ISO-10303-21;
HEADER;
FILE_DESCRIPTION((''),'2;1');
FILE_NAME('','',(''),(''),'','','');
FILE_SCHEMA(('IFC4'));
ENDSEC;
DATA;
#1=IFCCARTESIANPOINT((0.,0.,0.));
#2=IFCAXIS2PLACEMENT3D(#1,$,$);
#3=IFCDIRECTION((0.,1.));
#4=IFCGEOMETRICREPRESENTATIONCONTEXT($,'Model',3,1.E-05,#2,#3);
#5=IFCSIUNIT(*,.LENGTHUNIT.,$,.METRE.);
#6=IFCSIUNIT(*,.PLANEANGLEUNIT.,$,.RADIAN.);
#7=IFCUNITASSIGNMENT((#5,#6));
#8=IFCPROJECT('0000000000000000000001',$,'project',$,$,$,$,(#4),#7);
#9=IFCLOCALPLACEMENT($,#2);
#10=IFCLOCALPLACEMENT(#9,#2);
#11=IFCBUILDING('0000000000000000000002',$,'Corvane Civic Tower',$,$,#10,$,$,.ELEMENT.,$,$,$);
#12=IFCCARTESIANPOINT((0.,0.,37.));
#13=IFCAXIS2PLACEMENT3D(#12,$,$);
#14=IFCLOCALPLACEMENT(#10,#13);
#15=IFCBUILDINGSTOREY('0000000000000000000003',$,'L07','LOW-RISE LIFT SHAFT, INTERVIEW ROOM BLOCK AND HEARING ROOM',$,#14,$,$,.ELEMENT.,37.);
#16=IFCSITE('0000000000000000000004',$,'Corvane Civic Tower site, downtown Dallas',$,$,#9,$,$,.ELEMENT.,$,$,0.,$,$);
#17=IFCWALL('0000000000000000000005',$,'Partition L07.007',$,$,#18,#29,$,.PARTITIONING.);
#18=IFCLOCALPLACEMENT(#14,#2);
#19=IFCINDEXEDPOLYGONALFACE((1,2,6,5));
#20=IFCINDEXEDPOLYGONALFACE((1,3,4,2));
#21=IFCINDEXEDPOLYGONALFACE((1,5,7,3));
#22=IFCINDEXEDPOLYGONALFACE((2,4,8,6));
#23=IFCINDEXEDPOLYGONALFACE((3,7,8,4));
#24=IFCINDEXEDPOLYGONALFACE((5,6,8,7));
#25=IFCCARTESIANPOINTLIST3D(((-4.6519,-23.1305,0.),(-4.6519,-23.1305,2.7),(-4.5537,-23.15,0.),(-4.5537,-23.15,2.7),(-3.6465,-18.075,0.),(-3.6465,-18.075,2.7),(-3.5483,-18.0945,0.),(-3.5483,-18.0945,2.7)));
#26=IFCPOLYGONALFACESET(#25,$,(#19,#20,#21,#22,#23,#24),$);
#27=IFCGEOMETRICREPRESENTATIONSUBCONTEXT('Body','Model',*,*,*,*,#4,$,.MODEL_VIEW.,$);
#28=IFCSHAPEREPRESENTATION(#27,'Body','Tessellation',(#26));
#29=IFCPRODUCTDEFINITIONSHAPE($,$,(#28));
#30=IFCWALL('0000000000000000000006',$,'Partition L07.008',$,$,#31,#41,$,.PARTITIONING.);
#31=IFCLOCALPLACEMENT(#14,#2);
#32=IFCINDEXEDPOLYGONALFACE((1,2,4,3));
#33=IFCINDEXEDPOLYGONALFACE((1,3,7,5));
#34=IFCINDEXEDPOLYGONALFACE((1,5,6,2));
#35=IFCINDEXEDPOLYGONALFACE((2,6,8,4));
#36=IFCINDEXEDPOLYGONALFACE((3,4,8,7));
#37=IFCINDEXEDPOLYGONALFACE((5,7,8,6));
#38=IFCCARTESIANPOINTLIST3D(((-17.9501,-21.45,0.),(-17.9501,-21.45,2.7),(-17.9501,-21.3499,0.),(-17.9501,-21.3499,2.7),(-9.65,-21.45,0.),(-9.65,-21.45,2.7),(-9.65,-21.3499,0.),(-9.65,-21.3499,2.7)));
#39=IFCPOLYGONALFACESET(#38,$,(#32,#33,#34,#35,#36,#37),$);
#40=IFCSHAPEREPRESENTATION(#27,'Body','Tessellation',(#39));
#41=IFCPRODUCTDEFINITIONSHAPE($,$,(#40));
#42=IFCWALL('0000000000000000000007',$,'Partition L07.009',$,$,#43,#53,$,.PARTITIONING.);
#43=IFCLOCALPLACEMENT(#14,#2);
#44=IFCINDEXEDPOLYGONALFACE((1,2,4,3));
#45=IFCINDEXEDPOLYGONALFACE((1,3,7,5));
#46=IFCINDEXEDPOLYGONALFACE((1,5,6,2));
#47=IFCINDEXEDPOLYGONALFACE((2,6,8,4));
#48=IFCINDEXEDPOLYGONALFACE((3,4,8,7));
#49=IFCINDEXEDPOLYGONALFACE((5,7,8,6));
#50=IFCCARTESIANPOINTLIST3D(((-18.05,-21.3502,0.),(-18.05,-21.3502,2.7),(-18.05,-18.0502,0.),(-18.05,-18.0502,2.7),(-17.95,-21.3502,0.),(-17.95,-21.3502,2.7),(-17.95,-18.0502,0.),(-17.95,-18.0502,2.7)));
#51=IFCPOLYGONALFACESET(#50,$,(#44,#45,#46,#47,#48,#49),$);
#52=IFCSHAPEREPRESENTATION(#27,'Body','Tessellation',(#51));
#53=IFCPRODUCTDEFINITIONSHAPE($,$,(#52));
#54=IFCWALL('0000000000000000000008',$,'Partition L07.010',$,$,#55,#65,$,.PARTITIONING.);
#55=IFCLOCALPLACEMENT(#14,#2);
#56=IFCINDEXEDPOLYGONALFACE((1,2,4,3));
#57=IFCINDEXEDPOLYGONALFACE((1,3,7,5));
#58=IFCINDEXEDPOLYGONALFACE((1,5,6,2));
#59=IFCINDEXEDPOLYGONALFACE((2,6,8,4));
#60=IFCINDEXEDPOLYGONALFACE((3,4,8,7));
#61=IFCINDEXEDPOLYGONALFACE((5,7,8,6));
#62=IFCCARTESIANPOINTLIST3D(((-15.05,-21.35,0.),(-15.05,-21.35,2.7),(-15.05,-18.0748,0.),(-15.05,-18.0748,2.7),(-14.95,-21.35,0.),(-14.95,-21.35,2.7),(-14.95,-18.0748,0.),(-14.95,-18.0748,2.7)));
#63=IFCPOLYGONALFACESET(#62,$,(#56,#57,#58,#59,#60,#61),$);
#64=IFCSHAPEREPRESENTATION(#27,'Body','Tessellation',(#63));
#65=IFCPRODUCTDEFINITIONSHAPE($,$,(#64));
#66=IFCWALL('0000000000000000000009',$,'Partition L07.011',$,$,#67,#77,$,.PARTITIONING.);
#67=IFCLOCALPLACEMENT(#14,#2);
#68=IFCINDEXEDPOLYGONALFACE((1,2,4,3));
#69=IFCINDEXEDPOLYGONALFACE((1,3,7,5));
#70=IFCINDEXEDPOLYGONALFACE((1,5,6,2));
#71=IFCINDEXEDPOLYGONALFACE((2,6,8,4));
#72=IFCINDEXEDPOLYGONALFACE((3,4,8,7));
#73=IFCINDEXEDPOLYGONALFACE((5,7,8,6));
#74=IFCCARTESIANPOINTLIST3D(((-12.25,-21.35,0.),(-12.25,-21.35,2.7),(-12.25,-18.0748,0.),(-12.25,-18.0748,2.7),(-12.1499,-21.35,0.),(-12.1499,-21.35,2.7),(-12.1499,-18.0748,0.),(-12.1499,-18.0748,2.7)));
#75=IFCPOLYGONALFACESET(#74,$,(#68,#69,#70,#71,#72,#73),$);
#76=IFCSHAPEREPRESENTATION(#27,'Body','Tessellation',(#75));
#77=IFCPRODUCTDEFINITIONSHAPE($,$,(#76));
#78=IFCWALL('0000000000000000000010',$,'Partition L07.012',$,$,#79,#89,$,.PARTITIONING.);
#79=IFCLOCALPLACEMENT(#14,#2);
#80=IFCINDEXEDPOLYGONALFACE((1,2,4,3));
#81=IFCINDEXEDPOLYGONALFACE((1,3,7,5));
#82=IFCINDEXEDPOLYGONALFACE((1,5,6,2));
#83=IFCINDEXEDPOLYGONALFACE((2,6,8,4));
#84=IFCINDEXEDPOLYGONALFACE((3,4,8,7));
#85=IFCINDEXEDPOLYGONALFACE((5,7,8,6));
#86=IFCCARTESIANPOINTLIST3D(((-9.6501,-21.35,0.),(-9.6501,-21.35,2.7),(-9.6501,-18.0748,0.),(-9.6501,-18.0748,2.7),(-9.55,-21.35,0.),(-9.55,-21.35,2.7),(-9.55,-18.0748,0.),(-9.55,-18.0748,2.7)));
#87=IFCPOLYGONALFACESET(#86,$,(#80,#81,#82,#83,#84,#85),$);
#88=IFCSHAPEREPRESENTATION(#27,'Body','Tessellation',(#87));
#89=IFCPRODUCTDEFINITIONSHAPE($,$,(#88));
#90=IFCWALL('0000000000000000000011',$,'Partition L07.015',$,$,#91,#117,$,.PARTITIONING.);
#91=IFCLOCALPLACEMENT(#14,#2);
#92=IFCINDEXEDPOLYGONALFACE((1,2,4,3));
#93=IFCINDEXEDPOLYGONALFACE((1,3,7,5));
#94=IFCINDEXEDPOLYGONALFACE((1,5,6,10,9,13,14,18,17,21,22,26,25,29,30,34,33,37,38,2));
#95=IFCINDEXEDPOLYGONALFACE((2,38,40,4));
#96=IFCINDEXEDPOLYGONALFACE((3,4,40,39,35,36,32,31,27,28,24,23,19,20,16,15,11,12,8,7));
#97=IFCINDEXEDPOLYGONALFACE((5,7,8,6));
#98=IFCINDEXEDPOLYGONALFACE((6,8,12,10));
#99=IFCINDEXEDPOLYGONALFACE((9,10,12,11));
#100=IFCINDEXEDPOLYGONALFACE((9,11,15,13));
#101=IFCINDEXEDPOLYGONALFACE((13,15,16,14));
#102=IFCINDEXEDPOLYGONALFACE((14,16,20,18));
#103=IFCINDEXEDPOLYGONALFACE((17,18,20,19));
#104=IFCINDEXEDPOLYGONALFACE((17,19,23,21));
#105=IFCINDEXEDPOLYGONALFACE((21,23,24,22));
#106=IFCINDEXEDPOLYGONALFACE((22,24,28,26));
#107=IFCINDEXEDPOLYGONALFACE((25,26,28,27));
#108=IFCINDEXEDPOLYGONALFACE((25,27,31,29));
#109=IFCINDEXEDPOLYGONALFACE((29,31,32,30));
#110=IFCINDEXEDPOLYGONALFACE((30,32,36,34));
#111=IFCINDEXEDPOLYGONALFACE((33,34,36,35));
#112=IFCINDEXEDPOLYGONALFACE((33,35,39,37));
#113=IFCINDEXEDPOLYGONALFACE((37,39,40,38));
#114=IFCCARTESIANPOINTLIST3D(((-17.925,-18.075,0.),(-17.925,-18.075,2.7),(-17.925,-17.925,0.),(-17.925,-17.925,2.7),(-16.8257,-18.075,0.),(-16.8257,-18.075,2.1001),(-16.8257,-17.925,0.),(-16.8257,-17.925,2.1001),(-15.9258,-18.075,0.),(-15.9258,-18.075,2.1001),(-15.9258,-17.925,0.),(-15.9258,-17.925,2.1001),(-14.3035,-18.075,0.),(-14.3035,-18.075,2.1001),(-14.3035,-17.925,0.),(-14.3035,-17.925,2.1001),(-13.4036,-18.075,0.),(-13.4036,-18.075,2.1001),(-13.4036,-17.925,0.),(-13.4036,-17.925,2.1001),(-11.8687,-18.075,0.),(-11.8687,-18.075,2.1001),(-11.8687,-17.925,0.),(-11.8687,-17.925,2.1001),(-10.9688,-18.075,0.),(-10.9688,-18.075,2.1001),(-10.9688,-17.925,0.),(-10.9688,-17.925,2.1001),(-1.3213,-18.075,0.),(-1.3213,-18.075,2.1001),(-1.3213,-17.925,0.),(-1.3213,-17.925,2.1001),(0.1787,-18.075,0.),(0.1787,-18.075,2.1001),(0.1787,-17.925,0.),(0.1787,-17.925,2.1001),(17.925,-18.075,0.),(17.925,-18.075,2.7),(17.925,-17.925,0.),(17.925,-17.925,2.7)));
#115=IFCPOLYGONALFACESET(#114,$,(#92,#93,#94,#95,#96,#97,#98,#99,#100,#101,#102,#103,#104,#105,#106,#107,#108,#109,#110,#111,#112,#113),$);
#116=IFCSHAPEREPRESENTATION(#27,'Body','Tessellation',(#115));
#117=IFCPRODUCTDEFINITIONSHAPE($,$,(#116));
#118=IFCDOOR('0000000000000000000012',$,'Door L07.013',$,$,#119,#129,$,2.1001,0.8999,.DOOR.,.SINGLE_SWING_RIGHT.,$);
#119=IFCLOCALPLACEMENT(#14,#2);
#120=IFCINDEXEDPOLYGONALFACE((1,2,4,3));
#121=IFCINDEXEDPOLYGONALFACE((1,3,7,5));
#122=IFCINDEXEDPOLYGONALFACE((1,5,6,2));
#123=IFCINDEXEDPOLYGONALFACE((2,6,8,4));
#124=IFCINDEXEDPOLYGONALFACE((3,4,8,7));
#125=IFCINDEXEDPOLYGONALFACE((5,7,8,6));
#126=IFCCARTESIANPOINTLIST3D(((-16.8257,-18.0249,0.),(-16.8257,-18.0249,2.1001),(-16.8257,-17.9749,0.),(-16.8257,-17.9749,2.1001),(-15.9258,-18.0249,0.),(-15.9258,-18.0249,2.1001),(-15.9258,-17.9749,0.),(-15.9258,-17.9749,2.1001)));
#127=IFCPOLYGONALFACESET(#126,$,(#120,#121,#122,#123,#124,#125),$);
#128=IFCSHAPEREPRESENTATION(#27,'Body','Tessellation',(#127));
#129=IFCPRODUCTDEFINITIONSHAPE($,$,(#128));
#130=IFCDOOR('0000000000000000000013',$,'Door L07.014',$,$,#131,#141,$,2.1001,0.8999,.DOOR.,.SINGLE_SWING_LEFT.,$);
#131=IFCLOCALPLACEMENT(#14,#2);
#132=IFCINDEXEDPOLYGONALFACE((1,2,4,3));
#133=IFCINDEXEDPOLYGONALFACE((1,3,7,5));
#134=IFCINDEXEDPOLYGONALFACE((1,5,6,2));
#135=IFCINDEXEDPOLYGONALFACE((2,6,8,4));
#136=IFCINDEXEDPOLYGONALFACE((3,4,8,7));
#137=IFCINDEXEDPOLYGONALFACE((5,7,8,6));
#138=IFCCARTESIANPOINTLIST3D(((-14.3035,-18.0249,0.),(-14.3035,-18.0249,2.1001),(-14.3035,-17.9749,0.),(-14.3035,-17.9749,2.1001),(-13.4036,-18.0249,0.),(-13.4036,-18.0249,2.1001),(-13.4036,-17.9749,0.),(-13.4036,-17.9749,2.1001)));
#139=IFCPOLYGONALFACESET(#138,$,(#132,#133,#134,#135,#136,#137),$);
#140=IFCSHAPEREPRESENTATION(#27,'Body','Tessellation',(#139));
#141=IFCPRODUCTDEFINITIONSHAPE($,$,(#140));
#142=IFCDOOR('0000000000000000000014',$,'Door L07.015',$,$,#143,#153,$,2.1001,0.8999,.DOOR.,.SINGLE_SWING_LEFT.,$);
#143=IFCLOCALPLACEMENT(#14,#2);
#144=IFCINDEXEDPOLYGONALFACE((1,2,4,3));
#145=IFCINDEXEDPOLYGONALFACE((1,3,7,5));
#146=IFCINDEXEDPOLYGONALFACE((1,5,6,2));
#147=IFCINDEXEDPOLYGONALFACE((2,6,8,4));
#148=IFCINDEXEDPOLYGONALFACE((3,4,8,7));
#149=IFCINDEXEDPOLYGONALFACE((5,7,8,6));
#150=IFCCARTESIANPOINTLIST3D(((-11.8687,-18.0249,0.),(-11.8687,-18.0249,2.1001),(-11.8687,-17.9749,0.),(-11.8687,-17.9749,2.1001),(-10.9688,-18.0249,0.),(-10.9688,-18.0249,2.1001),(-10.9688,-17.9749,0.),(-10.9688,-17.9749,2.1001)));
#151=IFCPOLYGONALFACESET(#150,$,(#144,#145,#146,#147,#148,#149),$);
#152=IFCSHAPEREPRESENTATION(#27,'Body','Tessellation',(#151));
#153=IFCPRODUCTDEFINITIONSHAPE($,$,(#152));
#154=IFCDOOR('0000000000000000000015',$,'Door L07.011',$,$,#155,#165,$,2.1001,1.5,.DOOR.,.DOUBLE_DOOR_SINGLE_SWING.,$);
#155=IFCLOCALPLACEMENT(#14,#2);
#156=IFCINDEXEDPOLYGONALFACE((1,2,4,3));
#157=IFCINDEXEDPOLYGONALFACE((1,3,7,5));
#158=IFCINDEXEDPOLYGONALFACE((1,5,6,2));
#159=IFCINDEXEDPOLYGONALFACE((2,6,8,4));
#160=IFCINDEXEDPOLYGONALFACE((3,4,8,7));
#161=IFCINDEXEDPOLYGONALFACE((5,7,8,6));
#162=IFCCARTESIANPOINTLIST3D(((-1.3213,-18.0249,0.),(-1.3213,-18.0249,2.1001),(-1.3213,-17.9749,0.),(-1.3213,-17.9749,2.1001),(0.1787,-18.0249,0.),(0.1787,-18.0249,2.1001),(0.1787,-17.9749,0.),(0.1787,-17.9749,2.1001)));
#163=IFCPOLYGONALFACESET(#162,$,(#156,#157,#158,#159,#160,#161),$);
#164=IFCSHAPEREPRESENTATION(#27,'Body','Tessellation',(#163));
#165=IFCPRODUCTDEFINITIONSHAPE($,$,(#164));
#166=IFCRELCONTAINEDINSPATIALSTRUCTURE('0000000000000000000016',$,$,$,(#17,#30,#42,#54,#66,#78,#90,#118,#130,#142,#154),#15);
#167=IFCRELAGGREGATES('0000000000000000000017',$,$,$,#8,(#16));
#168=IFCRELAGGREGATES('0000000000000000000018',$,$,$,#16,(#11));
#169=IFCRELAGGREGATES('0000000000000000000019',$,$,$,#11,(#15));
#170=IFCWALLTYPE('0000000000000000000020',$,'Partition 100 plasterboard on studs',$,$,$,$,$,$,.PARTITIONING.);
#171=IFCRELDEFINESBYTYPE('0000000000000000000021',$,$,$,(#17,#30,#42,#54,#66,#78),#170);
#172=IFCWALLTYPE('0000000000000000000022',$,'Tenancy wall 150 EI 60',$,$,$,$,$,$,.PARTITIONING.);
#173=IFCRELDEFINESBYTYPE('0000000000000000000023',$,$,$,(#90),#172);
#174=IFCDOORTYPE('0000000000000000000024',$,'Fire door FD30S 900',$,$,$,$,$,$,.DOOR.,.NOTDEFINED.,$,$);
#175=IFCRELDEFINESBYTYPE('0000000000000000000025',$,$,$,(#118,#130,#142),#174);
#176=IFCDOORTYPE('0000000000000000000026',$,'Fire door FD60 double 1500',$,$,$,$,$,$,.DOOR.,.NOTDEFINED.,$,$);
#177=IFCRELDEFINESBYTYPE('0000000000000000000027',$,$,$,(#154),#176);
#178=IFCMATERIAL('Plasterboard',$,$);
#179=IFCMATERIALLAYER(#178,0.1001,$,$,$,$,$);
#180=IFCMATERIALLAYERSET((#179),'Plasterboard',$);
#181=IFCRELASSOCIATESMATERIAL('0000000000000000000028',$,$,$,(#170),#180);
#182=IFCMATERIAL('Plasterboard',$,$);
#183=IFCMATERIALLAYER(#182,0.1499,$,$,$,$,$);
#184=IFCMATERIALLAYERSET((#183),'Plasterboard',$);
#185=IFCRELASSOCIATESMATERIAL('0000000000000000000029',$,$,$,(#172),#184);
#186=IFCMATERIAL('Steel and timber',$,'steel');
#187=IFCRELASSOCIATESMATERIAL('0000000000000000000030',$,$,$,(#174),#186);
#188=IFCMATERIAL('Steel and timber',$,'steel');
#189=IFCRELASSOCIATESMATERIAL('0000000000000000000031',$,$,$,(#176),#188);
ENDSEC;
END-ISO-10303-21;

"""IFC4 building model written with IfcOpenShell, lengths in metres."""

from ifc_helpers import new_model, si_unit, direction, frame, frame_2d, origin, place, context, subcontext, project, spatial, rectangle, extrude, material, layer, layer_set, type_object, element, fill, save


model = new_model("IFC4")

# Units and contexts
model_context = context("Model", 3, precision=1e-05, world=origin(), true_north=direction((0.0, 1.0)))
body_context = subcontext(model_context, "Body", "Model", "MODEL_VIEW")
ifc_project = project(units=[si_unit("LENGTHUNIT", "METRE"), si_unit("PLANEANGLEUNIT", "RADIAN")], contexts=[model_context])

# Site, building, storey
site_placement = place(None, origin())
site = spatial("IfcSite", under=ifc_project, at=site_placement, Name="Corvane Civic Tower site, downtown Dallas", CompositionType="ELEMENT", RefElevation=0.0)
building_placement = place(site_placement, origin())
building = spatial("IfcBuilding", under=site, at=building_placement, Name="Corvane Civic Tower", CompositionType="ELEMENT")
storey_placement = place(building_placement, frame((0.0, 0.0, 37.0)))
storey = spatial("IfcBuildingStorey", under=building, at=storey_placement, Name="L07", Description="LOW-RISE LIFT SHAFT, INTERVIEW ROOM BLOCK AND HEARING ROOM", CompositionType="ELEMENT", Elevation=37.0)

# Walls
ifc_material_1 = material(Name="Plasterboard")
ifc_layer_1 = layer(ifc_material_1, 0.1001)
ifc_layer_set_1 = layer_set([ifc_layer_1], Name="Plasterboard")
wall_type_1 = type_object("IfcWallType", Name="Partition 100 plasterboard on studs", PredefinedType="PARTITIONING", material=ifc_layer_set_1)
wall_1_placement = place(storey_placement, frame((-4.6028, -23.1401, 0.0), z_axis=(0.0, 0.0, 1.0), x_axis=(0.19505, 0.980793, 0.0)))
element("IfcWall", 1, at=wall_1_placement, inside=storey, type_object=wall_type_1, Name="Partition L07.007", PredefinedType="PARTITIONING", context=body_context, shape_type="SweptSolid", body=[
    extrude(rectangle(XDim=5.1545, YDim=0.1001, at=frame_2d((2.5771, 0.0))), origin(), (0.0, 0.0, 1.0), 2.7),
])
wall_2_placement = place(storey_placement, frame((-17.95, -21.3999, 0.0), z_axis=(0.0, 0.0, 1.0), x_axis=(1.0, 0.0, 0.0)))
element("IfcWall", 2, at=wall_2_placement, inside=storey, type_object=wall_type_1, Name="Partition L07.008", PredefinedType="PARTITIONING", context=body_context, shape_type="SweptSolid", body=[
    extrude(rectangle(XDim=8.3, YDim=0.1001, at=frame_2d((4.1499, 0.0))), origin(), (0.0, 0.0, 1.0), 2.7),
])
wall_3_placement = place(storey_placement, frame((-18.0, -21.3501, 0.0), z_axis=(0.0, 0.0, 1.0), x_axis=(0.0, 1.0, 0.0)))
element("IfcWall", 3, at=wall_3_placement, inside=storey, type_object=wall_type_1, Name="Partition L07.009", PredefinedType="PARTITIONING", context=body_context, shape_type="SweptSolid", body=[
    extrude(rectangle(XDim=3.3, YDim=0.1001, at=frame_2d((1.6499, 0.0))), origin(), (0.0, 0.0, 1.0), 2.7),
])
for number, where, z_axis, x_axis, name in (
    (4, (-15.0, -21.3501, 0.0), (0.0, 0.0, 1.0), (0.0, 1.0, 0.0), "Partition L07.010"),
    (5, (-12.2, -21.3501, 0.0), (0.0, 0.0, 1.0), (0.0, 1.0, 0.0), "Partition L07.011"),
    (6, (-9.6001, -21.3501, 0.0), (0.0, 0.0, 1.0), (0.0, 1.0, 0.0), "Partition L07.012"),
):
    element("IfcWall", number, at=place(storey_placement, frame(where, z_axis=z_axis, x_axis=x_axis)), inside=storey, type_object=wall_type_1, Name=name, PredefinedType="PARTITIONING", context=body_context, shape_type="SweptSolid", body=[
        extrude(rectangle(XDim=3.2751, YDim=0.1001, at=frame_2d((1.6377, 0.0))), origin(), (0.0, 0.0, 1.0), 2.7),
    ])

# Wall, openings, doors
ifc_material_2 = material(Name="Plasterboard")
ifc_layer_2 = layer(ifc_material_2, 0.1499)
ifc_layer_set_2 = layer_set([ifc_layer_2], Name="Plasterboard")
wall_type_2 = type_object("IfcWallType", Name="Tenancy wall 150 EI 60", PredefinedType="PARTITIONING", material=ifc_layer_set_2)
wall_4_placement = place(storey_placement, frame((-17.925, -18.0, 0.0), z_axis=(0.0, 0.0, 1.0), x_axis=(1.0, 0.0, 0.0)))
wall_4 = element("IfcWall", 7, at=wall_4_placement, inside=storey, type_object=wall_type_2, Name="Partition L07.015", PredefinedType="PARTITIONING", context=body_context, shape_type="SweptSolid", body=[
    extrude(rectangle(XDim=35.8501, YDim=0.1499, at=frame_2d((17.925, 0.0))), origin(), (0.0, 0.0, 1.0), 2.7),
])
opening_1_placement = place(wall_4_placement, frame((16.6038, 0.0, 0.0)))
opening_1 = element("IfcOpeningElement", 8, at=opening_1_placement, cuts=wall_4, PredefinedType="OPENING", context=body_context, shape_type="SweptSolid", body=[
    extrude(rectangle(XDim=1.5, YDim=2.1001, at=frame_2d((0.75, 1.05))), frame((0.0, 0.085, 0.0), z_axis=(0.0, -1.0, 0.0), x_axis=(1.0, 0.0, 0.0)), (0.0, 0.0, 1.0), 0.1699),
])
opening_2_placement = place(wall_4_placement, frame((1.0994, 0.0, 0.0)))
opening_2 = element("IfcOpeningElement", 9, at=opening_2_placement, cuts=wall_4, PredefinedType="OPENING", context=body_context, shape_type="SweptSolid", body=[
    extrude(rectangle(XDim=0.8999, YDim=2.1001, at=frame_2d((0.45, 1.05))), frame((0.0, 0.085, 0.0), z_axis=(0.0, -1.0, 0.0), x_axis=(1.0, 0.0, 0.0)), (0.0, 0.0, 1.0), 0.1699),
])
opening_3_placement = place(wall_4_placement, frame((3.6216, 0.0, 0.0)))
opening_3 = element("IfcOpeningElement", 10, at=opening_3_placement, cuts=wall_4, PredefinedType="OPENING", context=body_context, shape_type="SweptSolid", body=[
    extrude(rectangle(XDim=0.8999, YDim=2.1001, at=frame_2d((0.45, 1.05))), frame((0.0, 0.085, 0.0), z_axis=(0.0, -1.0, 0.0), x_axis=(1.0, 0.0, 0.0)), (0.0, 0.0, 1.0), 0.1699),
])
opening_4_placement = place(wall_4_placement, frame((6.0564, 0.0, 0.0)))
opening_4 = element("IfcOpeningElement", 11, at=opening_4_placement, cuts=wall_4, PredefinedType="OPENING", context=body_context, shape_type="SweptSolid", body=[
    extrude(rectangle(XDim=0.8999, YDim=2.1001, at=frame_2d((0.45, 1.05))), frame((0.0, 0.085, 0.0), z_axis=(0.0, -1.0, 0.0), x_axis=(1.0, 0.0, 0.0)), (0.0, 0.0, 1.0), 0.1699),
])
ifc_material_3 = material(Name="Steel and timber", Category="steel")
door_type_1 = type_object("IfcDoorType", Name="Fire door FD30S 900", OperationType="NOTDEFINED", PredefinedType="DOOR", material=ifc_material_3)
door_1_placement = place(opening_2_placement, frame((0.8999, 0.0, 0.0), z_axis=(0.0, 0.0, 1.0), x_axis=(-1.0, 0.0, 0.0)))
door_1 = element("IfcDoor", 12, at=door_1_placement, inside=storey, type_object=door_type_1, Name="Door L07.013", OperationType="SINGLE_SWING_RIGHT", OverallHeight=2.1001, OverallWidth=0.8999, PredefinedType="DOOR", context=body_context, shape_type="SweptSolid", body=[
    extrude(rectangle(XDim=0.8999, YDim=2.1001, at=frame_2d((0.45, 1.05))), frame((0.0, 0.0249, 0.0), z_axis=(0.0, -1.0, 0.0), x_axis=(1.0, 0.0, 0.0)), (0.0, 0.0, 1.0), 0.05),
])
fill(opening_2, door_1)
door_2_placement = place(opening_3_placement, frame((0.8999, 0.0, 0.0), z_axis=(0.0, 0.0, 1.0), x_axis=(-1.0, 0.0, 0.0)))
door_2 = element("IfcDoor", 13, at=door_2_placement, inside=storey, type_object=door_type_1, Name="Door L07.014", OperationType="SINGLE_SWING_LEFT", OverallHeight=2.1001, OverallWidth=0.8999, PredefinedType="DOOR", context=body_context, shape_type="SweptSolid", body=[
    extrude(rectangle(XDim=0.8999, YDim=2.1001, at=frame_2d((0.45, 1.05))), frame((0.0, 0.0249, 0.0), z_axis=(0.0, -1.0, 0.0), x_axis=(1.0, 0.0, 0.0)), (0.0, 0.0, 1.0), 0.05),
])
fill(opening_3, door_2)
door_3_placement = place(opening_4_placement, frame((0.8999, 0.0, 0.0), z_axis=(0.0, 0.0, 1.0), x_axis=(-1.0, 0.0, 0.0)))
door_3 = element("IfcDoor", 14, at=door_3_placement, inside=storey, type_object=door_type_1, Name="Door L07.015", OperationType="SINGLE_SWING_LEFT", OverallHeight=2.1001, OverallWidth=0.8999, PredefinedType="DOOR", context=body_context, shape_type="SweptSolid", body=[
    extrude(rectangle(XDim=0.8999, YDim=2.1001, at=frame_2d((0.45, 1.05))), frame((0.0, 0.0249, 0.0), z_axis=(0.0, -1.0, 0.0), x_axis=(1.0, 0.0, 0.0)), (0.0, 0.0, 1.0), 0.05),
])
fill(opening_4, door_3)
ifc_material_4 = material(Name="Steel and timber", Category="steel")
door_type_2 = type_object("IfcDoorType", Name="Fire door FD60 double 1500", OperationType="NOTDEFINED", PredefinedType="DOOR", material=ifc_material_4)
door_4_placement = place(opening_1_placement, frame((1.5, 0.0, 0.0), z_axis=(0.0, 0.0, 1.0), x_axis=(-1.0, 0.0, 0.0)))
door_4 = element("IfcDoor", 15, at=door_4_placement, inside=storey, type_object=door_type_2, Name="Door L07.011", OperationType="DOUBLE_DOOR_SINGLE_SWING", OverallHeight=2.1001, OverallWidth=1.5, PredefinedType="DOOR", context=body_context, shape_type="SweptSolid", body=[
    extrude(rectangle(XDim=1.5, YDim=2.1001, at=frame_2d((0.75, 1.05))), frame((0.0, 0.0249, 0.0), z_axis=(0.0, -1.0, 0.0), x_axis=(1.0, 0.0, 0.0)), (0.0, 0.0, 1.0), 0.05),
])
fill(opening_1, door_4)

save(model, "model.ifc")
